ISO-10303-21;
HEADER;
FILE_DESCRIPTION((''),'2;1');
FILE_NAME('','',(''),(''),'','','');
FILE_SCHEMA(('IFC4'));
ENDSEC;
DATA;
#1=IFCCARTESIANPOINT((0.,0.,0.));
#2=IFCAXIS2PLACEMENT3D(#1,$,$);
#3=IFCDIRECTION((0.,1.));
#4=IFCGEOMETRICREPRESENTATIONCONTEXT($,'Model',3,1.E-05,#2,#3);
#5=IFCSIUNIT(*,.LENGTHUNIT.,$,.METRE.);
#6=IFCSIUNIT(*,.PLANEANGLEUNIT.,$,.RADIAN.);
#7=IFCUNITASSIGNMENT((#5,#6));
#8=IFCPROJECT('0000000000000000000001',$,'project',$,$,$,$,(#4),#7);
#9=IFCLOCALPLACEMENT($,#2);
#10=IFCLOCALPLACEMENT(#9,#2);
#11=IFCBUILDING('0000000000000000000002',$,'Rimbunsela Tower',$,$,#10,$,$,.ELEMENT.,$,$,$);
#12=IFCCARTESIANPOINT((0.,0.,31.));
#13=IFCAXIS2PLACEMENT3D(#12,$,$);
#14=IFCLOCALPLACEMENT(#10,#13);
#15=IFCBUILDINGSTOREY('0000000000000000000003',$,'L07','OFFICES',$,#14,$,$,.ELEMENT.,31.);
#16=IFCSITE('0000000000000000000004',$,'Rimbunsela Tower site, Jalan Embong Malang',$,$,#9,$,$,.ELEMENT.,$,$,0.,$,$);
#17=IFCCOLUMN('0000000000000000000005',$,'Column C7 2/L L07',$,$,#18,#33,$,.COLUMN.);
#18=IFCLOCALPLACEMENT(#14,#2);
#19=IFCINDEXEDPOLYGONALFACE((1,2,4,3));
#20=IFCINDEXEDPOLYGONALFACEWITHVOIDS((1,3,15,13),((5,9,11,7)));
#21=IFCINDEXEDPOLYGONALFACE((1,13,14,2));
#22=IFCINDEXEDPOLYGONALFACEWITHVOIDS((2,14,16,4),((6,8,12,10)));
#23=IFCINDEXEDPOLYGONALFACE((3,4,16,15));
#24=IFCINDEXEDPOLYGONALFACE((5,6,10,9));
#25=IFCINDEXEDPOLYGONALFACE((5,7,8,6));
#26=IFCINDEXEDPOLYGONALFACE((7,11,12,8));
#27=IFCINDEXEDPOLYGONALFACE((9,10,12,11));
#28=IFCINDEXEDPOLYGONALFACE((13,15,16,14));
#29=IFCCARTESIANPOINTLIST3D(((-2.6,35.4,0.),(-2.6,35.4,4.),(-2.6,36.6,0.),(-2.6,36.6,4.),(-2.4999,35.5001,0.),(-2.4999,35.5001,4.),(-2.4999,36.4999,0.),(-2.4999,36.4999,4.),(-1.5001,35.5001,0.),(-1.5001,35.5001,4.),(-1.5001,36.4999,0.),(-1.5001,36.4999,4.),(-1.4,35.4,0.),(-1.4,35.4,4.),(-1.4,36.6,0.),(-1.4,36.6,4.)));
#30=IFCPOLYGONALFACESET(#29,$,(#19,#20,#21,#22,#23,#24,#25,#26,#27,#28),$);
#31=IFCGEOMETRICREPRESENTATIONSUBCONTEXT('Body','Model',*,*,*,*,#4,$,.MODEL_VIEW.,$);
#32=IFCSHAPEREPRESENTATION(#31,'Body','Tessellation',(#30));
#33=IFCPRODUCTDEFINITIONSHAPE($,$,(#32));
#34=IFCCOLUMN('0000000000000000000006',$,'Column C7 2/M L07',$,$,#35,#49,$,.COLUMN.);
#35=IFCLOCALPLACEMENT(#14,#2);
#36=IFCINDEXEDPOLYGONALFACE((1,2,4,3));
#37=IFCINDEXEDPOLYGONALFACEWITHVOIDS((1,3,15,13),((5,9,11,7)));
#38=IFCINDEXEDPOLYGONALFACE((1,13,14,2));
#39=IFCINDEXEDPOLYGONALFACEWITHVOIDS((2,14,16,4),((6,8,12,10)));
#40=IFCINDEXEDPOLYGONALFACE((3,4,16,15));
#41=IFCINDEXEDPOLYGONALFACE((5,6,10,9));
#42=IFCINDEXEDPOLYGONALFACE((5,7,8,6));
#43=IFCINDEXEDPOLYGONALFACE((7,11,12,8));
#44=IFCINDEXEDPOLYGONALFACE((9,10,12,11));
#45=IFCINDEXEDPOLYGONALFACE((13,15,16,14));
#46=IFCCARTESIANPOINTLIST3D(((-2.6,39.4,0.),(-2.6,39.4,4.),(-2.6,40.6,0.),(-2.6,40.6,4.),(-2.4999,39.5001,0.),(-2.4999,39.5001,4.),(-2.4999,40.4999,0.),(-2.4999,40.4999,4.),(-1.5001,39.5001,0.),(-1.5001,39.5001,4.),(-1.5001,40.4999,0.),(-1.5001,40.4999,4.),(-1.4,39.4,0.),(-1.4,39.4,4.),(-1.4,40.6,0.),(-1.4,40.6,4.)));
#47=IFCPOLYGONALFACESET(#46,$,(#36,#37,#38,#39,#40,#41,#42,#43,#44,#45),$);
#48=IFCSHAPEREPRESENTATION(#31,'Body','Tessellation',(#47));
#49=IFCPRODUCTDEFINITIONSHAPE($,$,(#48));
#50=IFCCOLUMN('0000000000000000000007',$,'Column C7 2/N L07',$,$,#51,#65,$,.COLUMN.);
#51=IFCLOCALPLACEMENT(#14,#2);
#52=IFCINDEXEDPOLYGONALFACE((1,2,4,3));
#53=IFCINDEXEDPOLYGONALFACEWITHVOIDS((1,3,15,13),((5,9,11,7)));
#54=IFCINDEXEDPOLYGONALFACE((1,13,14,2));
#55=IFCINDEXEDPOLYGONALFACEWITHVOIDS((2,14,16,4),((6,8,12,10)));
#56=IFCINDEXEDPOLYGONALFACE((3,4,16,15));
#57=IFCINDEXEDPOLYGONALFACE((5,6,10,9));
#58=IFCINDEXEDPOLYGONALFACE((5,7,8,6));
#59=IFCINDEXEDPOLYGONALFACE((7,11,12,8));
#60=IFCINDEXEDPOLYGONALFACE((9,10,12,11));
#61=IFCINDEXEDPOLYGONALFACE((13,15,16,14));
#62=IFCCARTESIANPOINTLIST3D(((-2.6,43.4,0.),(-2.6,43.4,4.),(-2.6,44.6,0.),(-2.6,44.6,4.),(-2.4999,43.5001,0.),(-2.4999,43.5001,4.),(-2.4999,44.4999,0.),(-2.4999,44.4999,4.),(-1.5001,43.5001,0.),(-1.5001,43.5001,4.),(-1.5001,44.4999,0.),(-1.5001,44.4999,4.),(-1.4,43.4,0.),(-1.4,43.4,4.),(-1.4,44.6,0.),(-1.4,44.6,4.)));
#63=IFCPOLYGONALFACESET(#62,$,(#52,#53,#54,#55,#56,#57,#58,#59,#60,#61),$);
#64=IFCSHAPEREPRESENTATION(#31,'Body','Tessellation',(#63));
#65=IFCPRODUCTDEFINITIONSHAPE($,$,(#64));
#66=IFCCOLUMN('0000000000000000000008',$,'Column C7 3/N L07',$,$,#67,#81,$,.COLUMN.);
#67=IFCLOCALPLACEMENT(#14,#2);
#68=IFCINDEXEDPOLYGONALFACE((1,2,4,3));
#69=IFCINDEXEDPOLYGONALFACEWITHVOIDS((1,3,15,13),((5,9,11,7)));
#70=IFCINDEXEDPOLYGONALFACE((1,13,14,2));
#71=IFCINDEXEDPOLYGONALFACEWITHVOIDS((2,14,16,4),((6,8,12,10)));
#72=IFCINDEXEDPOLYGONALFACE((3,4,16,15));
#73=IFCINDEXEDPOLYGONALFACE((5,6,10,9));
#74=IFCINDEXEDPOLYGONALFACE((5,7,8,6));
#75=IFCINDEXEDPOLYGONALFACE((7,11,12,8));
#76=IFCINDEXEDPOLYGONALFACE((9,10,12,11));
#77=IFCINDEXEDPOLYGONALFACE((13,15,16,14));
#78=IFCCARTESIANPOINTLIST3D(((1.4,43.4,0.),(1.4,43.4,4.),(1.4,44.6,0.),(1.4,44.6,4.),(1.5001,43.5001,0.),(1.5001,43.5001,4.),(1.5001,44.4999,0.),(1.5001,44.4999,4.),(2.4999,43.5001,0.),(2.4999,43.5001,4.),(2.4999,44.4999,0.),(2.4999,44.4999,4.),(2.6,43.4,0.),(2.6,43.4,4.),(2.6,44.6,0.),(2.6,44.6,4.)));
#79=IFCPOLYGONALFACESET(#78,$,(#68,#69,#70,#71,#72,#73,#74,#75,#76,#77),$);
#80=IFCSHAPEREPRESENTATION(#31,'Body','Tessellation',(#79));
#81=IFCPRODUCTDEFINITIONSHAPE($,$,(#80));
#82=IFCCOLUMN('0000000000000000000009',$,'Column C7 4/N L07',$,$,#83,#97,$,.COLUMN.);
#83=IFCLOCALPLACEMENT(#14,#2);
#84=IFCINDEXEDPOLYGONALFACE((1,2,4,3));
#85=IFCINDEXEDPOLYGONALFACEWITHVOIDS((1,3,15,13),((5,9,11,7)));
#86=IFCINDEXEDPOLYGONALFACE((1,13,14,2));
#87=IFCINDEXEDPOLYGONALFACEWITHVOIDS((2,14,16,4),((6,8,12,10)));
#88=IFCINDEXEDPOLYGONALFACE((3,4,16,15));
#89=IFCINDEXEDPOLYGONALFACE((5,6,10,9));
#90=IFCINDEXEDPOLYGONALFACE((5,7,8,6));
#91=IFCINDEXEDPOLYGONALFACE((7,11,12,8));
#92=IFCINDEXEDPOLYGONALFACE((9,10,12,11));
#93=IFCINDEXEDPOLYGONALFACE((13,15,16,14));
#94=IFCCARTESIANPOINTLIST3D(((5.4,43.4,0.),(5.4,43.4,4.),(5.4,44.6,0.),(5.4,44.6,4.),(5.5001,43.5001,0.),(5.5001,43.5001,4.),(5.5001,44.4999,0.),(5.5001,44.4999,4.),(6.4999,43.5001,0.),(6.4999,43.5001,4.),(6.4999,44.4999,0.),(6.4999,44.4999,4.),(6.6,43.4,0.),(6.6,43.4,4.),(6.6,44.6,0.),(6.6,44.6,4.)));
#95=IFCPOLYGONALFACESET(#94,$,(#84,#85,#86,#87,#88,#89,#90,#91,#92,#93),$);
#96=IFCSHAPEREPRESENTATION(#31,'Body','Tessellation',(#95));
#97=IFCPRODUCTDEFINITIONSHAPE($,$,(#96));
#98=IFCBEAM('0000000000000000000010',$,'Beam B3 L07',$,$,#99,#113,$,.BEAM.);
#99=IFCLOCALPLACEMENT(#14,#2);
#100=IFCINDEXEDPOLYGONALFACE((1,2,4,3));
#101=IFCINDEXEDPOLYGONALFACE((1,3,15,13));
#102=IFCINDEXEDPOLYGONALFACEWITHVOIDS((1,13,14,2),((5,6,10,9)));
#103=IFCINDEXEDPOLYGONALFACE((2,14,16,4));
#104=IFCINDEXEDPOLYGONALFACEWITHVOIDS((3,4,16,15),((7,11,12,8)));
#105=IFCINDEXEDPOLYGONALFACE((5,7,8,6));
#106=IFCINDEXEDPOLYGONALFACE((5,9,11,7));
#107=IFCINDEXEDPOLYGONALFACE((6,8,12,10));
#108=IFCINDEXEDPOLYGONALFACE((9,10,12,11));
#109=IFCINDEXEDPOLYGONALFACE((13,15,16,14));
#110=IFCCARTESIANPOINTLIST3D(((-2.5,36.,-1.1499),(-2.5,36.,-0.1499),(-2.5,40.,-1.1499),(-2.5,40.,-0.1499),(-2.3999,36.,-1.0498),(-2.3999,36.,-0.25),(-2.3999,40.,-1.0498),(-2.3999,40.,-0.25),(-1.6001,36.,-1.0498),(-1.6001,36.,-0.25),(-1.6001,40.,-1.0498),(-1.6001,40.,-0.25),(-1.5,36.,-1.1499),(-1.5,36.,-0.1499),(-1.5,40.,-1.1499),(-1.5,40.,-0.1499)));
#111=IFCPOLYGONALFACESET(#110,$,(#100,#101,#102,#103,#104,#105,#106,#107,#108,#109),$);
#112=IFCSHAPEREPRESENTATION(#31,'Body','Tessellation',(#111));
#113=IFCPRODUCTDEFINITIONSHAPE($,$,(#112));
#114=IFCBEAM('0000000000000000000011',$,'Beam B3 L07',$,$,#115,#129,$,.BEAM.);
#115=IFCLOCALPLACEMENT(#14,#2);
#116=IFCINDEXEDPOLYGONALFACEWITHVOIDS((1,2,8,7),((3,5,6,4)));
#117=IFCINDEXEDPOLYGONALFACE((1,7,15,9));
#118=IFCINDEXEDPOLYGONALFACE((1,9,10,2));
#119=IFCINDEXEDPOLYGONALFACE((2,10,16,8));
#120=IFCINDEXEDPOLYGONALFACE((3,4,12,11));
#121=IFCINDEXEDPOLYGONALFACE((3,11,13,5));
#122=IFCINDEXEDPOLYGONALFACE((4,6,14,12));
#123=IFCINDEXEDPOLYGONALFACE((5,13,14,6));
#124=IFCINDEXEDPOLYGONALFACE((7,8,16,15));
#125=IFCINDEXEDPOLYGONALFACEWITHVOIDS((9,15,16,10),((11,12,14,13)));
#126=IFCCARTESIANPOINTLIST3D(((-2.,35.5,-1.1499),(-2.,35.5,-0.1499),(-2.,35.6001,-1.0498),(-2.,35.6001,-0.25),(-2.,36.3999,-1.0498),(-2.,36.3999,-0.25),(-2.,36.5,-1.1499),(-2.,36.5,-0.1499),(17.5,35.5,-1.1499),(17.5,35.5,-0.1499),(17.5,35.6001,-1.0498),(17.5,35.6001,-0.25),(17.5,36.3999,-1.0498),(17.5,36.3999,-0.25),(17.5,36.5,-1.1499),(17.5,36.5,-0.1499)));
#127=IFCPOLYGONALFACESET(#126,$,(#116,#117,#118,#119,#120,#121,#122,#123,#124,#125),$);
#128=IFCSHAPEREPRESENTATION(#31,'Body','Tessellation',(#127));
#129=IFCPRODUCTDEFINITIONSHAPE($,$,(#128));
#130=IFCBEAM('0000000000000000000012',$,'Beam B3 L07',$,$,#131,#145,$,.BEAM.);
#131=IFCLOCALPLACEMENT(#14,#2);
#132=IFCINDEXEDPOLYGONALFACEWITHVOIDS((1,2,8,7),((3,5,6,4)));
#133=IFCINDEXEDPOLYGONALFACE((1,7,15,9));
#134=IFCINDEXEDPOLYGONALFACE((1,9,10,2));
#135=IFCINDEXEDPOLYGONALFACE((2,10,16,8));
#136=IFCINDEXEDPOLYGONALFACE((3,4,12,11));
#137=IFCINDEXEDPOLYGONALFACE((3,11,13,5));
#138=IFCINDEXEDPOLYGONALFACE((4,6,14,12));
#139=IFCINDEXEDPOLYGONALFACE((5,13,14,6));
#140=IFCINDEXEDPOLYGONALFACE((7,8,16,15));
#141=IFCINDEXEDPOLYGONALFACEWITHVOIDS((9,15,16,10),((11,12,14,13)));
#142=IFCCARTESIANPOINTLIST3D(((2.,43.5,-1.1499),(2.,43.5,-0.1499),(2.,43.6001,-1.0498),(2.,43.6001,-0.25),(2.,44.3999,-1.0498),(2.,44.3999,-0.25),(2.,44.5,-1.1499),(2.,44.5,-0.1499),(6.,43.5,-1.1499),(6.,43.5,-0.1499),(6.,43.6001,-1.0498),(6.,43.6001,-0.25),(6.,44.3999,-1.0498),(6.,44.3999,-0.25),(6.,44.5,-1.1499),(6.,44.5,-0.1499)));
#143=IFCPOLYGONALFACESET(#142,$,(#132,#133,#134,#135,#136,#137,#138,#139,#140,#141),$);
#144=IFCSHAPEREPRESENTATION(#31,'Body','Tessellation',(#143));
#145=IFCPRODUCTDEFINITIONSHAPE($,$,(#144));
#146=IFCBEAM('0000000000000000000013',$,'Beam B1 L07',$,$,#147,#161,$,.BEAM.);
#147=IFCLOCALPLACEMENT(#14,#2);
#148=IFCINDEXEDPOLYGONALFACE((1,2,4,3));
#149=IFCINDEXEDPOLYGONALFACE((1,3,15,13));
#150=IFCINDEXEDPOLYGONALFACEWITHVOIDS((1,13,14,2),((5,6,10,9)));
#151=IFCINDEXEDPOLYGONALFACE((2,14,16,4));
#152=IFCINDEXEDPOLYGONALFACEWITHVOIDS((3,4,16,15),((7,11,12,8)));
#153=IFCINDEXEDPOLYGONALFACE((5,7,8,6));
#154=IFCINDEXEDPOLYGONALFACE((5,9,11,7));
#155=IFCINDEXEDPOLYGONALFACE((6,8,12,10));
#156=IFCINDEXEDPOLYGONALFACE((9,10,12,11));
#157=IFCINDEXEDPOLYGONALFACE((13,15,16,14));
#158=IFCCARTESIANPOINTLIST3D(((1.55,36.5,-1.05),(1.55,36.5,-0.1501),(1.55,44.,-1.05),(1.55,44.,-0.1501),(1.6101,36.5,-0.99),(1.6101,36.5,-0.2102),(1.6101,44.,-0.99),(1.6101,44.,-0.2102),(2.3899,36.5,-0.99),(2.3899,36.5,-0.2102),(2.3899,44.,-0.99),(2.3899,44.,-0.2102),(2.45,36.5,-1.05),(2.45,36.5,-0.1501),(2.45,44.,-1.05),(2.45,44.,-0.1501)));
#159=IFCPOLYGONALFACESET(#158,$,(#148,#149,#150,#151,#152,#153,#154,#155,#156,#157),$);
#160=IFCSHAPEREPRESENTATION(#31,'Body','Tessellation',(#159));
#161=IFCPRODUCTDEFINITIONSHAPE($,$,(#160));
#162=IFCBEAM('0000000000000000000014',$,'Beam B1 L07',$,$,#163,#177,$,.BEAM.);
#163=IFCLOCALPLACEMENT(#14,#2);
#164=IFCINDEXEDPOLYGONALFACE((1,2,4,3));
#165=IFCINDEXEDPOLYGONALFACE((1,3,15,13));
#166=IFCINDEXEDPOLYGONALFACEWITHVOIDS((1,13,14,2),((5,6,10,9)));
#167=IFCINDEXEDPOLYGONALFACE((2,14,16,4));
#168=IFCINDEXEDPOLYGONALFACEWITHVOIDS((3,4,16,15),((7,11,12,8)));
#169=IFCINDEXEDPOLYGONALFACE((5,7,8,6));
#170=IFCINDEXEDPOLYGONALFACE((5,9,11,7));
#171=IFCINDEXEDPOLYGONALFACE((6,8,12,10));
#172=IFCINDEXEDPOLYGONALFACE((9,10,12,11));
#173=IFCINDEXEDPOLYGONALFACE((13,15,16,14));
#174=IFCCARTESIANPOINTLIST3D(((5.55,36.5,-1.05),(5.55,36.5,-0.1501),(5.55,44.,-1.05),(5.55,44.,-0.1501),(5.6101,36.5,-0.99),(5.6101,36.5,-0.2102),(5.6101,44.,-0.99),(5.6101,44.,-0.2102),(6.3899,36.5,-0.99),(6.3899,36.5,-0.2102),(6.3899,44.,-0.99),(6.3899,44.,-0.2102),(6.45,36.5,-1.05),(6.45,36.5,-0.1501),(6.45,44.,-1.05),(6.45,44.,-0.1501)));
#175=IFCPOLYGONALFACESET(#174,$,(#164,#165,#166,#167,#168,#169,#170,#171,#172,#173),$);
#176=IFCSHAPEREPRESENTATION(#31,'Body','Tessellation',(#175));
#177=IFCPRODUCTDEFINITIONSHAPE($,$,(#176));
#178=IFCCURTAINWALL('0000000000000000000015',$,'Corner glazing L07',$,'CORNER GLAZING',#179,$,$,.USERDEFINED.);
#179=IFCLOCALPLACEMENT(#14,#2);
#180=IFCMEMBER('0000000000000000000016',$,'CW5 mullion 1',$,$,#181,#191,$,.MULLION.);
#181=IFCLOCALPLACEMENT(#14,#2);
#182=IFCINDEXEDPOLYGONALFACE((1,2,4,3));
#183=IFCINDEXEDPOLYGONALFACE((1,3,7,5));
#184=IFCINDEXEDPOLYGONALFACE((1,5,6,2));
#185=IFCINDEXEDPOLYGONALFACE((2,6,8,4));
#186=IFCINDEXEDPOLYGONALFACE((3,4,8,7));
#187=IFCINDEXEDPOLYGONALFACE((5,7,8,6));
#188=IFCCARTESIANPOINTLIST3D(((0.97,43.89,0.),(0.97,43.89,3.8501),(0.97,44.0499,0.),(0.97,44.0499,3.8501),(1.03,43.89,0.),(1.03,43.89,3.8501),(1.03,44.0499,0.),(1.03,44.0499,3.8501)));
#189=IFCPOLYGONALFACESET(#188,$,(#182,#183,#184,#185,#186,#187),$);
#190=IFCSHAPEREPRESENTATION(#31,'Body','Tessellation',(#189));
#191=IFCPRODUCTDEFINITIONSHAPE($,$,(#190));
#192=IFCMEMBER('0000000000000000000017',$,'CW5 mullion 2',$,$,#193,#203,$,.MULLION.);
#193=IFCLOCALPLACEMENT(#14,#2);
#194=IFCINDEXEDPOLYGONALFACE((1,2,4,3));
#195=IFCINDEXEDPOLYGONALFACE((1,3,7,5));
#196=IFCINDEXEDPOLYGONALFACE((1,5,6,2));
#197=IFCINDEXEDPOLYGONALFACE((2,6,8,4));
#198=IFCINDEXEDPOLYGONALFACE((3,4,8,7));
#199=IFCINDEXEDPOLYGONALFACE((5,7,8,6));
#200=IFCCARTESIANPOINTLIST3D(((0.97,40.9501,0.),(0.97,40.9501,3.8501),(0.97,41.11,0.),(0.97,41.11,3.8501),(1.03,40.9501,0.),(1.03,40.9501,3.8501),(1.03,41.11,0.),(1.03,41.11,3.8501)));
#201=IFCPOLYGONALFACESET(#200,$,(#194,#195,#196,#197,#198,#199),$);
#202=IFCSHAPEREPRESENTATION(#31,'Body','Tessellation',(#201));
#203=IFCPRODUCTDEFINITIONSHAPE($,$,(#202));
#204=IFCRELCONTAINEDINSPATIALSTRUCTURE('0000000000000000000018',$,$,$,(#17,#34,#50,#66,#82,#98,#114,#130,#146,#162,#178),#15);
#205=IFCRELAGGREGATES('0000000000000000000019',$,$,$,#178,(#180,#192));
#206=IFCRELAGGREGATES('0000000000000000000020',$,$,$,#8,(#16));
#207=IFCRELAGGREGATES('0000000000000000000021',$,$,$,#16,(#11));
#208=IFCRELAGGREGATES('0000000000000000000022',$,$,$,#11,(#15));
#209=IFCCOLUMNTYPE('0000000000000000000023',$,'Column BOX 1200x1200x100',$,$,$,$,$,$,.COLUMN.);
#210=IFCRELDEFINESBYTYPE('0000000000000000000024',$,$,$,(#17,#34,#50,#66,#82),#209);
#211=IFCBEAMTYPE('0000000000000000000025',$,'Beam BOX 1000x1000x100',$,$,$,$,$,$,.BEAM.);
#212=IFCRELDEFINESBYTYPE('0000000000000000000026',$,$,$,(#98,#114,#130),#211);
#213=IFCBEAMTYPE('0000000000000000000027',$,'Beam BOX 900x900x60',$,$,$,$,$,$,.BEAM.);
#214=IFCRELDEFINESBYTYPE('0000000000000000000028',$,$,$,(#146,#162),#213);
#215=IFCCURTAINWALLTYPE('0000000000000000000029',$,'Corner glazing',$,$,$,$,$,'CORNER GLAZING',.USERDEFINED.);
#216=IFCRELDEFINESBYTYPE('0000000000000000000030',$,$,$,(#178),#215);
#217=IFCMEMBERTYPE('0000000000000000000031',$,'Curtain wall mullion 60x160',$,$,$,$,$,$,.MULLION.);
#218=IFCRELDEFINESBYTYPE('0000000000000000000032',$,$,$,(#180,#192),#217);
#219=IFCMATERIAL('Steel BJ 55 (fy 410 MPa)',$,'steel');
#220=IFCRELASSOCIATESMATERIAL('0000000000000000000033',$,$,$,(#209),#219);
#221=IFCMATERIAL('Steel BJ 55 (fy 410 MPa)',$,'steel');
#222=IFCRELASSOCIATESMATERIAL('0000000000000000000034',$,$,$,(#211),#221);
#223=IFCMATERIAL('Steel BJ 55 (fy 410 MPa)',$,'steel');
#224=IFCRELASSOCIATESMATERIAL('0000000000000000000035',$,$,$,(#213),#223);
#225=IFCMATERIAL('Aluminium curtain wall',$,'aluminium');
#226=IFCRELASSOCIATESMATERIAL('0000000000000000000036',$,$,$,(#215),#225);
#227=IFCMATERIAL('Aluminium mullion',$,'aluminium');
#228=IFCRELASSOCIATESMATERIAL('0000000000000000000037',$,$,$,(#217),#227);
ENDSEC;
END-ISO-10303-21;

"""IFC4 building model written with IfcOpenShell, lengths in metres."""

from ifc_helpers import new_model, si_unit, direction, frame, origin, origin_2d, place, context, subcontext, project, spatial, rectangle, hollow_rectangle, extrude, material, material_profile, profile_set, type_object, element, aggregate, save


model = new_model("IFC4")

# Units and contexts
model_context = context("Model", 3, precision=1e-05, world=origin(), true_north=direction((0.0, 1.0)))
body_context = subcontext(model_context, "Body", "Model", "MODEL_VIEW")
ifc_project = project(units=[si_unit("LENGTHUNIT", "METRE"), si_unit("PLANEANGLEUNIT", "RADIAN")], contexts=[model_context])

# Site, building, storey
site_placement = place(None, origin())
site = spatial("IfcSite", under=ifc_project, at=site_placement, Name="Rimbunsela Tower site, Jalan Embong Malang", CompositionType="ELEMENT", RefElevation=0.0)
building_placement = place(site_placement, origin())
building = spatial("IfcBuilding", under=site, at=building_placement, Name="Rimbunsela Tower", CompositionType="ELEMENT")
storey_placement = place(building_placement, frame((0.0, 0.0, 31.0)))
storey = spatial("IfcBuildingStorey", under=building, at=storey_placement, Name="L07", Description="OFFICES", CompositionType="ELEMENT", Elevation=31.0)

# Columns
ifc_material_1 = material(Name="Steel BJ 55 (fy 410 MPa)", Category="steel")
ifc_material_profile_1 = material_profile(ifc_material_1, hollow_rectangle(XDim=1.2, YDim=1.2, WallThickness=0.1001, at=origin_2d()), Name="BOX 1200x1200x100")
ifc_profile_set_1 = profile_set([ifc_material_profile_1], Name="Steel BJ 55 (fy 410 MPa)")
column_type = type_object("IfcColumnType", Name="Column BOX 1200x1200x100", PredefinedType="COLUMN", material=ifc_profile_set_1)
for number, where, z_axis, x_axis, name in (
    (1, (-2.0, 36.0, 0.0), (0.0, 0.0, 1.0), (1.0, 0.0, 0.0), "Column C7 2/L L07"),
    (2, (-2.0, 40.0, 0.0), (0.0, 0.0, 1.0), (1.0, 0.0, 0.0), "Column C7 2/M L07"),
    (3, (-2.0, 44.0, 0.0), (0.0, 0.0, 1.0), (1.0, 0.0, 0.0), "Column C7 2/N L07"),
    (4, (2.0, 44.0, 0.0), (0.0, 0.0, 1.0), (1.0, 0.0, 0.0), "Column C7 3/N L07"),
    (5, (6.0, 44.0, 0.0), (0.0, 0.0, 1.0), (1.0, 0.0, 0.0), "Column C7 4/N L07"),
):
    element("IfcColumn", number, at=place(storey_placement, frame(where, z_axis=z_axis, x_axis=x_axis)), inside=storey, type_object=column_type, Name=name, PredefinedType="COLUMN", context=body_context, shape_type="SweptSolid", body=[
        extrude(hollow_rectangle(XDim=1.2, YDim=1.2, WallThickness=0.1001, at=origin_2d()), origin(), (0.0, 0.0, 1.0), 4.0),
    ])

# Beams
ifc_material_2 = material(Name="Steel BJ 55 (fy 410 MPa)", Category="steel")
ifc_material_profile_2 = material_profile(ifc_material_2, hollow_rectangle(XDim=1.0, YDim=1.0, WallThickness=0.1001, at=origin_2d()), Name="BOX 1000x1000x100")
ifc_profile_set_2 = profile_set([ifc_material_profile_2], Name="Steel BJ 55 (fy 410 MPa)")
beam_type_1 = type_object("IfcBeamType", Name="Beam BOX 1000x1000x100", PredefinedType="BEAM", material=ifc_profile_set_2)
beam_1_placement = place(storey_placement, frame((-2.0, 36.0, -0.6499), z_axis=(0.0, 1.0, 0.0), x_axis=(-1.0, 0.0, 0.0)))
element("IfcBeam", 6, at=beam_1_placement, inside=storey, type_object=beam_type_1, Name="Beam B3 L07", PredefinedType="BEAM", context=body_context, shape_type="SweptSolid", body=[
    extrude(hollow_rectangle(XDim=1.0, YDim=1.0, WallThickness=0.1001, at=origin_2d()), origin(), (0.0, 0.0, 1.0), 4.0),
])
beam_2_placement = place(storey_placement, frame((-2.0, 36.0, -0.6499), z_axis=(1.0, 0.0, 0.0), x_axis=(0.0, 1.0, 0.0)))
element("IfcBeam", 7, at=beam_2_placement, inside=storey, type_object=beam_type_1, Name="Beam B3 L07", PredefinedType="BEAM", context=body_context, shape_type="SweptSolid", body=[
    extrude(hollow_rectangle(XDim=1.0, YDim=1.0, WallThickness=0.1001, at=origin_2d()), origin(), (0.0, 0.0, 1.0), 19.5),
])
beam_3_placement = place(storey_placement, frame((2.0, 44.0, -0.6499), z_axis=(1.0, 0.0, 0.0), x_axis=(0.0, 1.0, 0.0)))
element("IfcBeam", 8, at=beam_3_placement, inside=storey, type_object=beam_type_1, Name="Beam B3 L07", PredefinedType="BEAM", context=body_context, shape_type="SweptSolid", body=[
    extrude(hollow_rectangle(XDim=1.0, YDim=1.0, WallThickness=0.1001, at=origin_2d()), origin(), (0.0, 0.0, 1.0), 4.0),
])
ifc_material_3 = material(Name="Steel BJ 55 (fy 410 MPa)", Category="steel")
ifc_material_profile_3 = material_profile(ifc_material_3, hollow_rectangle(XDim=0.8999, YDim=0.8999, WallThickness=0.0601, at=origin_2d()), Name="BOX 900x900x60")
ifc_profile_set_3 = profile_set([ifc_material_profile_3], Name="Steel BJ 55 (fy 410 MPa)")
beam_type_2 = type_object("IfcBeamType", Name="Beam BOX 900x900x60", PredefinedType="BEAM", material=ifc_profile_set_3)
for number, where, z_axis, x_axis, name in (
    (9, (2.0, 36.5, -0.6001), (0.0, 1.0, 0.0), (-1.0, 0.0, 0.0), "Beam B1 L07"),
    (10, (6.0, 36.5, -0.6001), (0.0, 1.0, 0.0), (-1.0, 0.0, 0.0), "Beam B1 L07"),
):
    element("IfcBeam", number, at=place(storey_placement, frame(where, z_axis=z_axis, x_axis=x_axis)), inside=storey, type_object=beam_type_2, Name=name, PredefinedType="BEAM", context=body_context, shape_type="SweptSolid", body=[
        extrude(hollow_rectangle(XDim=0.8999, YDim=0.8999, WallThickness=0.0601, at=origin_2d()), origin(), (0.0, 0.0, 1.0), 7.5),
    ])

# Curtain wall, members
ifc_material_4 = material(Name="Aluminium curtain wall", Category="aluminium")
curtain_wall_type = type_object("IfcCurtainWallType", Name="Corner glazing", ElementType="CORNER GLAZING", PredefinedType="USERDEFINED", material=ifc_material_4)
curtain_wall_1_placement = place(storey_placement, origin())
curtain_wall_1 = element("IfcCurtainWall", 11, at=curtain_wall_1_placement, inside=storey, type_object=curtain_wall_type, Name="Corner glazing L07", ObjectType="CORNER GLAZING", PredefinedType="USERDEFINED")
ifc_material_5 = material(Name="Aluminium mullion", Category="aluminium")
ifc_material_profile_4 = material_profile(ifc_material_5, rectangle(XDim=0.0601, YDim=0.1599, at=origin_2d()), Name="Mullion 60x160")
ifc_profile_set_4 = profile_set([ifc_material_profile_4], Name="Aluminium mullion")
member_type_1 = type_object("IfcMemberType", Name="Curtain wall mullion 60x160", PredefinedType="MULLION", material=ifc_profile_set_4)
member_1_placement = place(storey_placement, frame((1.0, 43.97, 0.0), z_axis=(0.0, 0.0, 1.0), x_axis=(1.0, 0.0, 0.0)))
member_1 = element("IfcMember", 12, at=member_1_placement, type_object=member_type_1, Name="CW5 mullion 1", PredefinedType="MULLION", context=body_context, shape_type="SweptSolid", body=[
    extrude(rectangle(XDim=0.0601, YDim=0.1599, at=origin_2d()), origin(), (0.0, 0.0, 1.0), 3.8501),
])
member_2_placement = place(storey_placement, frame((1.0, 41.03, 0.0), z_axis=(0.0, 0.0, 1.0), x_axis=(1.0, 0.0, 0.0)))
member_2 = element("IfcMember", 13, at=member_2_placement, type_object=member_type_1, Name="CW5 mullion 2", PredefinedType="MULLION", context=body_context, shape_type="SweptSolid", body=[
    extrude(rectangle(XDim=0.0601, YDim=0.1599, at=origin_2d()), origin(), (0.0, 0.0, 1.0), 3.8501),
])

aggregate(curtain_wall_1, [member_1, member_2])

save(model, "model.ifc")
